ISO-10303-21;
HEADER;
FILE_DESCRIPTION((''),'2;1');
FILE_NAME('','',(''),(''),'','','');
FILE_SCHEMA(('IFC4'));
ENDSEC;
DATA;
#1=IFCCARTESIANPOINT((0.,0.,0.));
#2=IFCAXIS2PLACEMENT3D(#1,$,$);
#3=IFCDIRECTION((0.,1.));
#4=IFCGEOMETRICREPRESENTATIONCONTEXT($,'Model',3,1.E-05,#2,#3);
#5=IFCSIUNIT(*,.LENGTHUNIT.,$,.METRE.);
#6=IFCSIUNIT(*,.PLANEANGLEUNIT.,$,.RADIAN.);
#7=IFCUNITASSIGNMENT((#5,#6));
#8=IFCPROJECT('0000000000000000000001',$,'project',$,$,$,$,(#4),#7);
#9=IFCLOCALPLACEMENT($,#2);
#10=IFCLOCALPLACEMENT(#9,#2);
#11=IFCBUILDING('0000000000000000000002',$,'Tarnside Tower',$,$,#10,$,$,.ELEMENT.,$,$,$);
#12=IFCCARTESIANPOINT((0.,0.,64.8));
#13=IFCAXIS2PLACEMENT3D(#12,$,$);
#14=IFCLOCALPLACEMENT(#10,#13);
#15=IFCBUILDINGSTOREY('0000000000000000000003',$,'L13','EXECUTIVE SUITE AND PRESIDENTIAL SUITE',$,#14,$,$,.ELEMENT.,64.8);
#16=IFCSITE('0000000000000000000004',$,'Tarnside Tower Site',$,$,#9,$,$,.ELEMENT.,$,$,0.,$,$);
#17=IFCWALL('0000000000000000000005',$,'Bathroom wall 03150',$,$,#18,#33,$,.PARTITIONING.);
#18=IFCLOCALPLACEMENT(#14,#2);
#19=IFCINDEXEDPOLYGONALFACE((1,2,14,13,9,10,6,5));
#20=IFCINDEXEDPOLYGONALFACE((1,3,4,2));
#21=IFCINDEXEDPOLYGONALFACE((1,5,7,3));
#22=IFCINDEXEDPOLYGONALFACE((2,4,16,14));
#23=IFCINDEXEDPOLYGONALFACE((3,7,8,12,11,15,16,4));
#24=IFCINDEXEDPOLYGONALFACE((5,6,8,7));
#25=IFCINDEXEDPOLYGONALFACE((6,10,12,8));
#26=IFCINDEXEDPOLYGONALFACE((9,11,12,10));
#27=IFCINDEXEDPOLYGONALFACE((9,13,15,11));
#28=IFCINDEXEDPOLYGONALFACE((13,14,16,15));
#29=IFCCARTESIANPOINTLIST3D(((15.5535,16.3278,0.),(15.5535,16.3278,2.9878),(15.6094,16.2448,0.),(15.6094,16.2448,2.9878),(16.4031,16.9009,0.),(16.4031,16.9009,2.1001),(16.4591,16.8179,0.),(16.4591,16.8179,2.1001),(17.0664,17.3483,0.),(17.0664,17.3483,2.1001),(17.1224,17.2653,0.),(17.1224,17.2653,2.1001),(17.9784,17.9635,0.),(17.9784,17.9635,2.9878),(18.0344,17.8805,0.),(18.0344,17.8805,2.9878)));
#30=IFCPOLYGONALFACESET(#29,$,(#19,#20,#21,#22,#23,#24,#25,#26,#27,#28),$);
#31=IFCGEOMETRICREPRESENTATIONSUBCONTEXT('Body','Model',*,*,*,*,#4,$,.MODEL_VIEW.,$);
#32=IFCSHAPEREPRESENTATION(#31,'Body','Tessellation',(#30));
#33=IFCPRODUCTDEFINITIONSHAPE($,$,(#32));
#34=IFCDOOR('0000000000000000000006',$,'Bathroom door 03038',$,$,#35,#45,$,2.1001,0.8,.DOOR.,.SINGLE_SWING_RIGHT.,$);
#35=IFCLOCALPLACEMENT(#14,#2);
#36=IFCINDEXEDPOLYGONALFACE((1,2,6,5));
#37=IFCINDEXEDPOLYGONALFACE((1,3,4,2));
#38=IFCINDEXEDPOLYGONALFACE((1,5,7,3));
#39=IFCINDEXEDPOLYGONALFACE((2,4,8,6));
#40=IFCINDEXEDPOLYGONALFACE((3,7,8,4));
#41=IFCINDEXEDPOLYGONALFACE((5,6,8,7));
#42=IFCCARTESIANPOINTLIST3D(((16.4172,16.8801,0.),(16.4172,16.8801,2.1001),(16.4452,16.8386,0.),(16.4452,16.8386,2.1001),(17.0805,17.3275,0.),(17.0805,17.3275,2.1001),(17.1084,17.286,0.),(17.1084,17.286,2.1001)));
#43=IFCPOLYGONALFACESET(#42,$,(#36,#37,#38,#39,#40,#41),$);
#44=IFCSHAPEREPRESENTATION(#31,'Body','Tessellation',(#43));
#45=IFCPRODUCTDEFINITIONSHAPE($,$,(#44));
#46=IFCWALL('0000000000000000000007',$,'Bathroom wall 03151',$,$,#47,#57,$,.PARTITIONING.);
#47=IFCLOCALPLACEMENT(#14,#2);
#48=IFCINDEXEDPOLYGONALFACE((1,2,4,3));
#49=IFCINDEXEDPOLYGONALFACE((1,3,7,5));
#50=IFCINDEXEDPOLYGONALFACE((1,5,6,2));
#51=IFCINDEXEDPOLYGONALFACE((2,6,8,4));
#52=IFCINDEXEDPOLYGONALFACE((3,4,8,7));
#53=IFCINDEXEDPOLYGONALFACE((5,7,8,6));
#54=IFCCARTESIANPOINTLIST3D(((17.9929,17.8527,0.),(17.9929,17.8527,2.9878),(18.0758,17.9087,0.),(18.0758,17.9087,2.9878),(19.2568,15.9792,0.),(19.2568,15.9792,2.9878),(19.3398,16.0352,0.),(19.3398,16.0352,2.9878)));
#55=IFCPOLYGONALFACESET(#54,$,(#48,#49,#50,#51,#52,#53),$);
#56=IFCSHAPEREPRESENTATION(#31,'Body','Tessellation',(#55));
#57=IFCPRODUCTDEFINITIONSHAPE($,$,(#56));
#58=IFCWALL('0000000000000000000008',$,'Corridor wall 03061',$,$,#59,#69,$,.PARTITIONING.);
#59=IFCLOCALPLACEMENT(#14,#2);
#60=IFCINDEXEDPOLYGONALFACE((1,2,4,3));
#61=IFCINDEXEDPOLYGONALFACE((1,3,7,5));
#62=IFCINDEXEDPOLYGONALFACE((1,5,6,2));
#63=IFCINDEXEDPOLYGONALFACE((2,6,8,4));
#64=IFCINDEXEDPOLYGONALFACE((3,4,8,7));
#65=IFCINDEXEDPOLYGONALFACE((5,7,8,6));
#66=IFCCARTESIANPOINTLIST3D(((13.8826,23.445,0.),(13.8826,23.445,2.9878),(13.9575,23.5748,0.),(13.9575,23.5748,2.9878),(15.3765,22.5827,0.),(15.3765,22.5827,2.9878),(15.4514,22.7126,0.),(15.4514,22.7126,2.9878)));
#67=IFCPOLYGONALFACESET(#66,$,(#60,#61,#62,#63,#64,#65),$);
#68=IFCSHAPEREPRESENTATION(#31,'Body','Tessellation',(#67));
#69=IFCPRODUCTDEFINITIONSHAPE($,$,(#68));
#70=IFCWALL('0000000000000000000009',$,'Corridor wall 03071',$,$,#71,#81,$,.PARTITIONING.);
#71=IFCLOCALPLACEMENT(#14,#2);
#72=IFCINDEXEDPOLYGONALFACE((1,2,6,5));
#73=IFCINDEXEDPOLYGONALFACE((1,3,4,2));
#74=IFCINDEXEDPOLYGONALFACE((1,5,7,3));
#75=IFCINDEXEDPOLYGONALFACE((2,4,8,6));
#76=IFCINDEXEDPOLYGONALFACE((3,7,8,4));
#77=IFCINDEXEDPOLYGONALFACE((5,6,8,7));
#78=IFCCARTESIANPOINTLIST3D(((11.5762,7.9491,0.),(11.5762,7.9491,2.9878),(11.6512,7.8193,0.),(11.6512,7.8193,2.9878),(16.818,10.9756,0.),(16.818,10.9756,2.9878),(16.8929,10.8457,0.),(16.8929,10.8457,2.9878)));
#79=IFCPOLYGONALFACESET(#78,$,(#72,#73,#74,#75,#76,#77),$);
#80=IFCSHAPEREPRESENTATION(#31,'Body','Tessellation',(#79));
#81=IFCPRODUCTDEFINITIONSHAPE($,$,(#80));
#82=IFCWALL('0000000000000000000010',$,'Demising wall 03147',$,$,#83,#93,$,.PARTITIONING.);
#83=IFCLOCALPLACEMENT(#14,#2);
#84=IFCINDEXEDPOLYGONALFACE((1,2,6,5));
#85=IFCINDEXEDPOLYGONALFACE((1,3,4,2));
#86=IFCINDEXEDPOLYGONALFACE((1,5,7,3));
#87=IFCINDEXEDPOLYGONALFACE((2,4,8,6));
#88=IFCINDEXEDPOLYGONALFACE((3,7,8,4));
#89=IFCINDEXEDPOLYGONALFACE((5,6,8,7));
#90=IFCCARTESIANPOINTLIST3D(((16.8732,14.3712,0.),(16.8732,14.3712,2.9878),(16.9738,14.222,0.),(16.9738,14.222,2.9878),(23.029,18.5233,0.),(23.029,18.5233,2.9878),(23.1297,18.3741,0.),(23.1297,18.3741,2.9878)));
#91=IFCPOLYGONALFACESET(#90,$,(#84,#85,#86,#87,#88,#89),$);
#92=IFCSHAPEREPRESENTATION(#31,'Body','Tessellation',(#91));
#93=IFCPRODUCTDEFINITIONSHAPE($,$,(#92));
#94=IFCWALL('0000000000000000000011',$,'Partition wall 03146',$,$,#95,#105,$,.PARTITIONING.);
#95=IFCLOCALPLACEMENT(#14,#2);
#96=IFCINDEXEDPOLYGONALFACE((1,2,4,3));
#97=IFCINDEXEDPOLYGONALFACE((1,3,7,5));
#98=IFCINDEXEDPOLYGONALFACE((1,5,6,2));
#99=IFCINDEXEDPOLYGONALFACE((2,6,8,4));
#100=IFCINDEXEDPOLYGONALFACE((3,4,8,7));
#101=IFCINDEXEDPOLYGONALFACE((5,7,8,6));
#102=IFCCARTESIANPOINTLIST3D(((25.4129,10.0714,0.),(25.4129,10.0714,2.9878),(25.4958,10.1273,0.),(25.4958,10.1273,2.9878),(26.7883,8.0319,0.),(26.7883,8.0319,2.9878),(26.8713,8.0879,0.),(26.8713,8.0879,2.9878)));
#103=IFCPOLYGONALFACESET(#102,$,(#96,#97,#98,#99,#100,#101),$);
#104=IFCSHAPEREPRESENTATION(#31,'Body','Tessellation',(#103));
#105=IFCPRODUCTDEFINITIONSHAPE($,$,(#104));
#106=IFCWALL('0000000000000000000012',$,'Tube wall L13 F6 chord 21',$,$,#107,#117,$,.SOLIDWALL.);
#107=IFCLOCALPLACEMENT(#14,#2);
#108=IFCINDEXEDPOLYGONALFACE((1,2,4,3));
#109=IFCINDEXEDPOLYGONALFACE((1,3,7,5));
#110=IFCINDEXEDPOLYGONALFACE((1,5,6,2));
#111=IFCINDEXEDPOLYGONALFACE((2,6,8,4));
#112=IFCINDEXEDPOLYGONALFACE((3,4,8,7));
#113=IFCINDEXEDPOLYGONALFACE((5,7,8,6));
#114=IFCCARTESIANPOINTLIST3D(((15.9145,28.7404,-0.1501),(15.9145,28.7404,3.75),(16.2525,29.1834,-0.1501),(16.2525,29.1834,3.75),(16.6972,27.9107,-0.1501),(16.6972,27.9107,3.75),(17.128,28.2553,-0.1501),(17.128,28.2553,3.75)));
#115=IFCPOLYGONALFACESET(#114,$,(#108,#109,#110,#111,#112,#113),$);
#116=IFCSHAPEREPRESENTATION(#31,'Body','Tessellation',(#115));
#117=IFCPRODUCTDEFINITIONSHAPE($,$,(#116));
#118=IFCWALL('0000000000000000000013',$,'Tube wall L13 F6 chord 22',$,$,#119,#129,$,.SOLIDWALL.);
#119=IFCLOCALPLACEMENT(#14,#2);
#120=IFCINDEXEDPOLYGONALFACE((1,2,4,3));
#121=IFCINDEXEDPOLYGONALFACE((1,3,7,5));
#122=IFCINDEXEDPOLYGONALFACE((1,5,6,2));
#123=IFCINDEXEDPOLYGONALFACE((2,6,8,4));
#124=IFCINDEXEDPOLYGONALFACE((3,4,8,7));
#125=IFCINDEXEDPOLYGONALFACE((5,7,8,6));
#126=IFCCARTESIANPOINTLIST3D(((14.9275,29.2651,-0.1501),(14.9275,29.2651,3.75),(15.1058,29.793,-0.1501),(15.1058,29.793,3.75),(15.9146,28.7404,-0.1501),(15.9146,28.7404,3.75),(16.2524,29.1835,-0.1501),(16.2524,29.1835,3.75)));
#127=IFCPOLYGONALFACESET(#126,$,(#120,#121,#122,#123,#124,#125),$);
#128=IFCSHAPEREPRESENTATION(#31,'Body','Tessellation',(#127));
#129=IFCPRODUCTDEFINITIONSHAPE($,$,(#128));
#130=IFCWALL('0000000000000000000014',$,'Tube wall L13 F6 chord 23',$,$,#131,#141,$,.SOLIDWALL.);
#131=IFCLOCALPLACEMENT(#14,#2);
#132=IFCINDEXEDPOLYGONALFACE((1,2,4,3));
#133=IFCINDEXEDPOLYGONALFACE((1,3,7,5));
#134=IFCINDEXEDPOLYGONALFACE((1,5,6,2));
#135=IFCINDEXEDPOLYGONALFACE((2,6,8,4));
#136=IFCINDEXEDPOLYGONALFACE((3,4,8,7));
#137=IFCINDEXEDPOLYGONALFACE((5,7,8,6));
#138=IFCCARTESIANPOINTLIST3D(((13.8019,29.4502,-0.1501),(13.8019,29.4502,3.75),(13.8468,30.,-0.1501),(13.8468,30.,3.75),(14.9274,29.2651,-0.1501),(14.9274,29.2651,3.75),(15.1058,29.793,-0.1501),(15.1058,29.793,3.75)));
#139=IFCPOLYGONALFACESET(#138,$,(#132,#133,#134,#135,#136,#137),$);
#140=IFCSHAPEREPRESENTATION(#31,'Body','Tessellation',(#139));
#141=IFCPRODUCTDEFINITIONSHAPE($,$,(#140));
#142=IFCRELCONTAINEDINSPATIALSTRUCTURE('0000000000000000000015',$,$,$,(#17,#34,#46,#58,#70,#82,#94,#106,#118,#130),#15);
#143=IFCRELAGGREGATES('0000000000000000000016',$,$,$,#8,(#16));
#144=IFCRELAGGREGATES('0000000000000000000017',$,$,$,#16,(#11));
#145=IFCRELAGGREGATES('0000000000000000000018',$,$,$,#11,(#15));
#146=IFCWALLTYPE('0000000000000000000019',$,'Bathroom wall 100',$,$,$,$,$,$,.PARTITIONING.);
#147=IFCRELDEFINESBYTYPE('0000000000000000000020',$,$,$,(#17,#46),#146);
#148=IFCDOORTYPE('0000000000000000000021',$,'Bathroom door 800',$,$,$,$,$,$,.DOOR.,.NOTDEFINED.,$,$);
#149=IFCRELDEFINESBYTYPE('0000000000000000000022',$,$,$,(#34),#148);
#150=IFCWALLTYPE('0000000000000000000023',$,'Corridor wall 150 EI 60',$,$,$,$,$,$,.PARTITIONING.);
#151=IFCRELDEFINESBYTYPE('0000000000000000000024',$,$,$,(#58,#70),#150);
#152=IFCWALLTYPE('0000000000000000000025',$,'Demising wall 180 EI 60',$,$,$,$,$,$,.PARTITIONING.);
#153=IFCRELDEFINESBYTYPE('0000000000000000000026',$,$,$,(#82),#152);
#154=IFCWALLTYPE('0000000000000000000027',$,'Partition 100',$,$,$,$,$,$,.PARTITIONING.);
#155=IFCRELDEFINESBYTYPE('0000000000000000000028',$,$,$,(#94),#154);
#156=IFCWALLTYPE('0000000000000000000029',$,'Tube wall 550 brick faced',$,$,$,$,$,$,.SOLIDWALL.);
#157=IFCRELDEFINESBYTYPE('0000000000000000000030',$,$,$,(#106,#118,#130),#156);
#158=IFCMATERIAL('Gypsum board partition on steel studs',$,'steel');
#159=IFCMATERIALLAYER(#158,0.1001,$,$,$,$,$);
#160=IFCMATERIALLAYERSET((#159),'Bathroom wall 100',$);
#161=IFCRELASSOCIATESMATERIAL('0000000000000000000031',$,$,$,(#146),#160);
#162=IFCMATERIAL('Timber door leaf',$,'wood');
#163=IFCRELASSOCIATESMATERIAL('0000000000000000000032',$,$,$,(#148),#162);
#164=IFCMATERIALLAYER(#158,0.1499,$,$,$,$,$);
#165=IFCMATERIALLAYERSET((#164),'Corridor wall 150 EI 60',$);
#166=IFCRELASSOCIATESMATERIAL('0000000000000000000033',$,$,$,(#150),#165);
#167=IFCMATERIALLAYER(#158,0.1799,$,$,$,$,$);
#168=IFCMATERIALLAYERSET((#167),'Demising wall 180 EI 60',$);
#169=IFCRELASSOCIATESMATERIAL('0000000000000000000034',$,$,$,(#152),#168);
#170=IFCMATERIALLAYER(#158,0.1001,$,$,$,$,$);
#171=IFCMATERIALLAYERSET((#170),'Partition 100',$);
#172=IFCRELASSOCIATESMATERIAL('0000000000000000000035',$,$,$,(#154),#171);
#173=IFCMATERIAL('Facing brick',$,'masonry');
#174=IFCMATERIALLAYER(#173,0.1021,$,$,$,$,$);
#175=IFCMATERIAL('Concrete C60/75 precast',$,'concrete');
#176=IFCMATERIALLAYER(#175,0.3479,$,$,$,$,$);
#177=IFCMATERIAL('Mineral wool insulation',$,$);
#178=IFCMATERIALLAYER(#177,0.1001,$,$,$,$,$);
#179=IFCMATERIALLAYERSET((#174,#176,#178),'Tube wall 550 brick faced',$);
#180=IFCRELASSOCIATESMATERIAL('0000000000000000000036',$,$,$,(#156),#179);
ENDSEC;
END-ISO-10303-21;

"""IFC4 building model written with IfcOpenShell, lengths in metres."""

from ifc_helpers import new_model, si_unit, direction, frame, frame_2d, origin, place, context, subcontext, project, spatial, polyline, rectangle, outline, extrude, material, layer, layer_set, type_object, element, fill, save


model = new_model("IFC4")

# Units and contexts
model_context = context("Model", 3, precision=1e-05, world=origin(), true_north=direction((0.0, 1.0)))
body_context = subcontext(model_context, "Body", "Model", "MODEL_VIEW")
ifc_project = project(units=[si_unit("LENGTHUNIT", "METRE"), si_unit("PLANEANGLEUNIT", "RADIAN")], contexts=[model_context])

# Site, building, storey
site_placement = place(None, origin())
site = spatial("IfcSite", under=ifc_project, at=site_placement, Name="Tarnside Tower Site", CompositionType="ELEMENT", RefElevation=0.0)
building_placement = place(site_placement, origin())
building = spatial("IfcBuilding", under=site, at=building_placement, Name="Tarnside Tower", CompositionType="ELEMENT")
storey_placement = place(building_placement, frame((0.0, 0.0, 64.8)))
storey = spatial("IfcBuildingStorey", under=building, at=storey_placement, Name="L13", Description="EXECUTIVE SUITE AND PRESIDENTIAL SUITE", CompositionType="ELEMENT", Elevation=64.8)

# Wall, opening, door
ifc_material_1 = material(Name="Gypsum board partition on steel studs", Category="steel")
ifc_layer_1 = layer(ifc_material_1, 0.1001)
ifc_layer_set_1 = layer_set([ifc_layer_1], Name="Bathroom wall 100")
wall_type_1 = type_object("IfcWallType", Name="Bathroom wall 100", PredefinedType="PARTITIONING", material=ifc_layer_set_1)
wall_1_placement = place(storey_placement, frame((15.5815, 16.2864, 0.0), z_axis=(0.0, 0.0, 1.0), x_axis=(0.829033, 0.559199, 0.0)))
wall_1 = element("IfcWall", 1, at=wall_1_placement, inside=storey, type_object=wall_type_1, Name="Bathroom wall 03150", PredefinedType="PARTITIONING", context=body_context, shape_type="SweptSolid", body=[
    extrude(rectangle(XDim=2.925, YDim=0.1001, at=frame_2d((1.4624, 0.0))), origin(), (0.0, 0.0, 1.0), 2.9878),
])
opening_placement = place(wall_1_placement, frame((1.0249, 0.0, 0.0)))
opening = element("IfcOpeningElement", 2, at=opening_placement, cuts=wall_1, PredefinedType="OPENING", context=body_context, shape_type="SweptSolid", body=[
    extrude(rectangle(XDim=0.8, YDim=2.1001, at=frame_2d((0.3999, 1.05))), frame((0.0, 0.0601, 0.0), z_axis=(0.0, -1.0, 0.0), x_axis=(1.0, 0.0, 0.0)), (0.0, 0.0, 1.0), 0.1201),
])
ifc_material_2 = material(Name="Timber door leaf", Category="wood")
door_type = type_object("IfcDoorType", Name="Bathroom door 800", OperationType="NOTDEFINED", PredefinedType="DOOR", material=ifc_material_2)
door_placement = place(opening_placement, origin())
door = element("IfcDoor", 3, at=door_placement, inside=storey, type_object=door_type, Name="Bathroom door 03038", OperationType="SINGLE_SWING_RIGHT", OverallHeight=2.1001, OverallWidth=0.8, PredefinedType="DOOR", context=body_context, shape_type="SweptSolid", body=[
    extrude(rectangle(XDim=0.8, YDim=2.1001, at=frame_2d((0.3999, 1.05))), frame((0.0, 0.0249, 0.0), z_axis=(0.0, -1.0, 0.0), x_axis=(1.0, 0.0, 0.0)), (0.0, 0.0, 1.0), 0.05),
])
fill(opening, door)

# Walls
wall_2_placement = place(storey_placement, frame((18.0344, 17.8806, 0.0), z_axis=(0.0, 0.0, 1.0), x_axis=(0.559254, -0.828996, 0.0)))
element("IfcWall", 4, at=wall_2_placement, inside=storey, type_object=wall_type_1, Name="Bathroom wall 03151", PredefinedType="PARTITIONING", context=body_context, shape_type="SweptSolid", body=[
    extrude(rectangle(XDim=2.26, YDim=0.1001, at=frame_2d((1.1299, 0.0))), origin(), (0.0, 0.0, 1.0), 2.9878),
])
ifc_layer_2 = layer(ifc_material_1, 0.1499)
ifc_layer_set_2 = layer_set([ifc_layer_2], Name="Corridor wall 150 EI 60")
wall_type_2 = type_object("IfcWallType", Name="Corridor wall 150 EI 60", PredefinedType="PARTITIONING", material=ifc_layer_set_2)
wall_3_placement = place(storey_placement, frame((15.4138, 22.6477, 0.0), z_axis=(0.0, 0.0, 1.0), x_axis=(-0.866075, 0.499914, 0.0)))
element("IfcWall", 5, at=wall_3_placement, inside=storey, type_object=wall_type_2, Name="Corridor wall 03061", PredefinedType="PARTITIONING", context=body_context, shape_type="SweptSolid", body=[
    extrude(rectangle(XDim=1.7249, YDim=0.1499, at=frame_2d((0.8623, 0.0))), origin(), (0.0, 0.0, 1.0), 2.9878),
])
wall_4_placement = place(storey_placement, frame((16.8555, 10.9106, 0.0), z_axis=(0.0, 0.0, 1.0), x_axis=(-0.86602, -0.500009, 0.0)))
element("IfcWall", 6, at=wall_4_placement, inside=storey, type_object=wall_type_2, Name="Corridor wall 03071", PredefinedType="PARTITIONING", context=body_context, shape_type="SweptSolid", body=[
    extrude(rectangle(XDim=6.0527, YDim=0.1499, at=frame_2d((3.0264, 0.0))), origin(), (0.0, 0.0, 1.0), 2.9878),
])
ifc_layer_3 = layer(ifc_material_1, 0.1799)
ifc_layer_set_3 = layer_set([ifc_layer_3], Name="Demising wall 180 EI 60")
wall_type_3 = type_object("IfcWallType", Name="Demising wall 180 EI 60", PredefinedType="PARTITIONING", material=ifc_layer_set_3)
wall_5_placement = place(storey_placement, frame((23.0793, 18.4487, 0.0), z_axis=(0.0, 0.0, 1.0), x_axis=(-0.829038, -0.559192, 0.0)))
element("IfcWall", 7, at=wall_5_placement, inside=storey, type_object=wall_type_3, Name="Demising wall 03147", PredefinedType="PARTITIONING", context=body_context, shape_type="SweptSolid", body=[
    extrude(rectangle(XDim=7.4253, YDim=0.1799, at=frame_2d((3.7126, 0.0))), origin(), (0.0, 0.0, 1.0), 2.9878),
])
ifc_layer_4 = layer(ifc_material_1, 0.1001)
ifc_layer_set_4 = layer_set([ifc_layer_4], Name="Partition 100")
wall_type_4 = type_object("IfcWallType", Name="Partition 100", PredefinedType="PARTITIONING", material=ifc_layer_set_4)
wall_6_placement = place(storey_placement, frame((25.4543, 10.0994, 0.0), z_axis=(0.0, 0.0, 1.0), x_axis=(0.559135, -0.829076, 0.0)))
element("IfcWall", 8, at=wall_6_placement, inside=storey, type_object=wall_type_4, Name="Partition wall 03146", PredefinedType="PARTITIONING", context=body_context, shape_type="SweptSolid", body=[
    extrude(rectangle(XDim=2.46, YDim=0.1001, at=frame_2d((1.23, 0.0))), origin(), (0.0, 0.0, 1.0), 2.9878),
])
ifc_material_3 = material(Name="Facing brick", Category="masonry")
ifc_layer_5 = layer(ifc_material_3, 0.1021)
ifc_material_4 = material(Name="Concrete C60/75 precast", Category="concrete")
ifc_layer_6 = layer(ifc_material_4, 0.3479)
ifc_material_5 = material(Name="Mineral wool insulation")
ifc_layer_7 = layer(ifc_material_5, 0.1001)
ifc_layer_set_5 = layer_set([ifc_layer_5, ifc_layer_6, ifc_layer_7], Name="Tube wall 550 brick faced")
wall_type_5 = type_object("IfcWallType", Name="Tube wall 550 brick faced", PredefinedType="SOLIDWALL", material=ifc_layer_set_5)
wall_7_placement = place(storey_placement, frame((16.9126, 28.083, -0.1501), z_axis=(0.0, 0.0, 1.0), x_axis=(-0.686196, 0.727416, 0.0)))
element("IfcWall", 9, at=wall_7_placement, inside=storey, type_object=wall_type_5, Name="Tube wall L13 F6 chord 21", PredefinedType="SOLIDWALL", context=body_context, shape_type="SweptSolid", body=[
    extrude(outline(polyline([(-0.0225, -0.2749), (1.2534, -0.2749), (1.1631, 0.2749), (0.0225, 0.2749), (-0.0225, -0.2749)])), origin(), (0.0, 0.0, 1.0), 3.9001),
])
wall_8_placement = place(storey_placement, frame((16.0835, 28.9619, -0.1501), z_axis=(0.0, 0.0, 1.0), x_axis=(-0.882995, 0.469382, 0.0)))
element("IfcWall", 10, at=wall_8_placement, inside=storey, type_object=wall_type_5, Name="Tube wall L13 F6 chord 22", PredefinedType="SOLIDWALL", context=body_context, shape_type="SweptSolid", body=[
    extrude(outline(polyline([(-0.0452, -0.2749), (1.2534, -0.2749), (1.1631, 0.2749), (0.0452, 0.2749), (-0.0452, -0.2749)])), origin(), (0.0, 0.0, 1.0), 3.9001),
])
wall_9_placement = place(storey_placement, frame((15.0166, 29.5291, -0.1501), z_axis=(0.0, 0.0, 1.0), x_axis=(-0.986747, 0.162269, 0.0)))
element("IfcWall", 11, at=wall_9_placement, inside=storey, type_object=wall_type_5, Name="Tube wall L13 F6 chord 23", PredefinedType="SOLIDWALL", context=body_context, shape_type="SweptSolid", body=[
    extrude(outline(polyline([(-0.0452, -0.2749), (1.2307, -0.2749), (1.1858, 0.2749), (0.0452, 0.2749), (-0.0452, -0.2749)])), origin(), (0.0, 0.0, 1.0), 3.9001),
])

save(model, "model.ifc")
